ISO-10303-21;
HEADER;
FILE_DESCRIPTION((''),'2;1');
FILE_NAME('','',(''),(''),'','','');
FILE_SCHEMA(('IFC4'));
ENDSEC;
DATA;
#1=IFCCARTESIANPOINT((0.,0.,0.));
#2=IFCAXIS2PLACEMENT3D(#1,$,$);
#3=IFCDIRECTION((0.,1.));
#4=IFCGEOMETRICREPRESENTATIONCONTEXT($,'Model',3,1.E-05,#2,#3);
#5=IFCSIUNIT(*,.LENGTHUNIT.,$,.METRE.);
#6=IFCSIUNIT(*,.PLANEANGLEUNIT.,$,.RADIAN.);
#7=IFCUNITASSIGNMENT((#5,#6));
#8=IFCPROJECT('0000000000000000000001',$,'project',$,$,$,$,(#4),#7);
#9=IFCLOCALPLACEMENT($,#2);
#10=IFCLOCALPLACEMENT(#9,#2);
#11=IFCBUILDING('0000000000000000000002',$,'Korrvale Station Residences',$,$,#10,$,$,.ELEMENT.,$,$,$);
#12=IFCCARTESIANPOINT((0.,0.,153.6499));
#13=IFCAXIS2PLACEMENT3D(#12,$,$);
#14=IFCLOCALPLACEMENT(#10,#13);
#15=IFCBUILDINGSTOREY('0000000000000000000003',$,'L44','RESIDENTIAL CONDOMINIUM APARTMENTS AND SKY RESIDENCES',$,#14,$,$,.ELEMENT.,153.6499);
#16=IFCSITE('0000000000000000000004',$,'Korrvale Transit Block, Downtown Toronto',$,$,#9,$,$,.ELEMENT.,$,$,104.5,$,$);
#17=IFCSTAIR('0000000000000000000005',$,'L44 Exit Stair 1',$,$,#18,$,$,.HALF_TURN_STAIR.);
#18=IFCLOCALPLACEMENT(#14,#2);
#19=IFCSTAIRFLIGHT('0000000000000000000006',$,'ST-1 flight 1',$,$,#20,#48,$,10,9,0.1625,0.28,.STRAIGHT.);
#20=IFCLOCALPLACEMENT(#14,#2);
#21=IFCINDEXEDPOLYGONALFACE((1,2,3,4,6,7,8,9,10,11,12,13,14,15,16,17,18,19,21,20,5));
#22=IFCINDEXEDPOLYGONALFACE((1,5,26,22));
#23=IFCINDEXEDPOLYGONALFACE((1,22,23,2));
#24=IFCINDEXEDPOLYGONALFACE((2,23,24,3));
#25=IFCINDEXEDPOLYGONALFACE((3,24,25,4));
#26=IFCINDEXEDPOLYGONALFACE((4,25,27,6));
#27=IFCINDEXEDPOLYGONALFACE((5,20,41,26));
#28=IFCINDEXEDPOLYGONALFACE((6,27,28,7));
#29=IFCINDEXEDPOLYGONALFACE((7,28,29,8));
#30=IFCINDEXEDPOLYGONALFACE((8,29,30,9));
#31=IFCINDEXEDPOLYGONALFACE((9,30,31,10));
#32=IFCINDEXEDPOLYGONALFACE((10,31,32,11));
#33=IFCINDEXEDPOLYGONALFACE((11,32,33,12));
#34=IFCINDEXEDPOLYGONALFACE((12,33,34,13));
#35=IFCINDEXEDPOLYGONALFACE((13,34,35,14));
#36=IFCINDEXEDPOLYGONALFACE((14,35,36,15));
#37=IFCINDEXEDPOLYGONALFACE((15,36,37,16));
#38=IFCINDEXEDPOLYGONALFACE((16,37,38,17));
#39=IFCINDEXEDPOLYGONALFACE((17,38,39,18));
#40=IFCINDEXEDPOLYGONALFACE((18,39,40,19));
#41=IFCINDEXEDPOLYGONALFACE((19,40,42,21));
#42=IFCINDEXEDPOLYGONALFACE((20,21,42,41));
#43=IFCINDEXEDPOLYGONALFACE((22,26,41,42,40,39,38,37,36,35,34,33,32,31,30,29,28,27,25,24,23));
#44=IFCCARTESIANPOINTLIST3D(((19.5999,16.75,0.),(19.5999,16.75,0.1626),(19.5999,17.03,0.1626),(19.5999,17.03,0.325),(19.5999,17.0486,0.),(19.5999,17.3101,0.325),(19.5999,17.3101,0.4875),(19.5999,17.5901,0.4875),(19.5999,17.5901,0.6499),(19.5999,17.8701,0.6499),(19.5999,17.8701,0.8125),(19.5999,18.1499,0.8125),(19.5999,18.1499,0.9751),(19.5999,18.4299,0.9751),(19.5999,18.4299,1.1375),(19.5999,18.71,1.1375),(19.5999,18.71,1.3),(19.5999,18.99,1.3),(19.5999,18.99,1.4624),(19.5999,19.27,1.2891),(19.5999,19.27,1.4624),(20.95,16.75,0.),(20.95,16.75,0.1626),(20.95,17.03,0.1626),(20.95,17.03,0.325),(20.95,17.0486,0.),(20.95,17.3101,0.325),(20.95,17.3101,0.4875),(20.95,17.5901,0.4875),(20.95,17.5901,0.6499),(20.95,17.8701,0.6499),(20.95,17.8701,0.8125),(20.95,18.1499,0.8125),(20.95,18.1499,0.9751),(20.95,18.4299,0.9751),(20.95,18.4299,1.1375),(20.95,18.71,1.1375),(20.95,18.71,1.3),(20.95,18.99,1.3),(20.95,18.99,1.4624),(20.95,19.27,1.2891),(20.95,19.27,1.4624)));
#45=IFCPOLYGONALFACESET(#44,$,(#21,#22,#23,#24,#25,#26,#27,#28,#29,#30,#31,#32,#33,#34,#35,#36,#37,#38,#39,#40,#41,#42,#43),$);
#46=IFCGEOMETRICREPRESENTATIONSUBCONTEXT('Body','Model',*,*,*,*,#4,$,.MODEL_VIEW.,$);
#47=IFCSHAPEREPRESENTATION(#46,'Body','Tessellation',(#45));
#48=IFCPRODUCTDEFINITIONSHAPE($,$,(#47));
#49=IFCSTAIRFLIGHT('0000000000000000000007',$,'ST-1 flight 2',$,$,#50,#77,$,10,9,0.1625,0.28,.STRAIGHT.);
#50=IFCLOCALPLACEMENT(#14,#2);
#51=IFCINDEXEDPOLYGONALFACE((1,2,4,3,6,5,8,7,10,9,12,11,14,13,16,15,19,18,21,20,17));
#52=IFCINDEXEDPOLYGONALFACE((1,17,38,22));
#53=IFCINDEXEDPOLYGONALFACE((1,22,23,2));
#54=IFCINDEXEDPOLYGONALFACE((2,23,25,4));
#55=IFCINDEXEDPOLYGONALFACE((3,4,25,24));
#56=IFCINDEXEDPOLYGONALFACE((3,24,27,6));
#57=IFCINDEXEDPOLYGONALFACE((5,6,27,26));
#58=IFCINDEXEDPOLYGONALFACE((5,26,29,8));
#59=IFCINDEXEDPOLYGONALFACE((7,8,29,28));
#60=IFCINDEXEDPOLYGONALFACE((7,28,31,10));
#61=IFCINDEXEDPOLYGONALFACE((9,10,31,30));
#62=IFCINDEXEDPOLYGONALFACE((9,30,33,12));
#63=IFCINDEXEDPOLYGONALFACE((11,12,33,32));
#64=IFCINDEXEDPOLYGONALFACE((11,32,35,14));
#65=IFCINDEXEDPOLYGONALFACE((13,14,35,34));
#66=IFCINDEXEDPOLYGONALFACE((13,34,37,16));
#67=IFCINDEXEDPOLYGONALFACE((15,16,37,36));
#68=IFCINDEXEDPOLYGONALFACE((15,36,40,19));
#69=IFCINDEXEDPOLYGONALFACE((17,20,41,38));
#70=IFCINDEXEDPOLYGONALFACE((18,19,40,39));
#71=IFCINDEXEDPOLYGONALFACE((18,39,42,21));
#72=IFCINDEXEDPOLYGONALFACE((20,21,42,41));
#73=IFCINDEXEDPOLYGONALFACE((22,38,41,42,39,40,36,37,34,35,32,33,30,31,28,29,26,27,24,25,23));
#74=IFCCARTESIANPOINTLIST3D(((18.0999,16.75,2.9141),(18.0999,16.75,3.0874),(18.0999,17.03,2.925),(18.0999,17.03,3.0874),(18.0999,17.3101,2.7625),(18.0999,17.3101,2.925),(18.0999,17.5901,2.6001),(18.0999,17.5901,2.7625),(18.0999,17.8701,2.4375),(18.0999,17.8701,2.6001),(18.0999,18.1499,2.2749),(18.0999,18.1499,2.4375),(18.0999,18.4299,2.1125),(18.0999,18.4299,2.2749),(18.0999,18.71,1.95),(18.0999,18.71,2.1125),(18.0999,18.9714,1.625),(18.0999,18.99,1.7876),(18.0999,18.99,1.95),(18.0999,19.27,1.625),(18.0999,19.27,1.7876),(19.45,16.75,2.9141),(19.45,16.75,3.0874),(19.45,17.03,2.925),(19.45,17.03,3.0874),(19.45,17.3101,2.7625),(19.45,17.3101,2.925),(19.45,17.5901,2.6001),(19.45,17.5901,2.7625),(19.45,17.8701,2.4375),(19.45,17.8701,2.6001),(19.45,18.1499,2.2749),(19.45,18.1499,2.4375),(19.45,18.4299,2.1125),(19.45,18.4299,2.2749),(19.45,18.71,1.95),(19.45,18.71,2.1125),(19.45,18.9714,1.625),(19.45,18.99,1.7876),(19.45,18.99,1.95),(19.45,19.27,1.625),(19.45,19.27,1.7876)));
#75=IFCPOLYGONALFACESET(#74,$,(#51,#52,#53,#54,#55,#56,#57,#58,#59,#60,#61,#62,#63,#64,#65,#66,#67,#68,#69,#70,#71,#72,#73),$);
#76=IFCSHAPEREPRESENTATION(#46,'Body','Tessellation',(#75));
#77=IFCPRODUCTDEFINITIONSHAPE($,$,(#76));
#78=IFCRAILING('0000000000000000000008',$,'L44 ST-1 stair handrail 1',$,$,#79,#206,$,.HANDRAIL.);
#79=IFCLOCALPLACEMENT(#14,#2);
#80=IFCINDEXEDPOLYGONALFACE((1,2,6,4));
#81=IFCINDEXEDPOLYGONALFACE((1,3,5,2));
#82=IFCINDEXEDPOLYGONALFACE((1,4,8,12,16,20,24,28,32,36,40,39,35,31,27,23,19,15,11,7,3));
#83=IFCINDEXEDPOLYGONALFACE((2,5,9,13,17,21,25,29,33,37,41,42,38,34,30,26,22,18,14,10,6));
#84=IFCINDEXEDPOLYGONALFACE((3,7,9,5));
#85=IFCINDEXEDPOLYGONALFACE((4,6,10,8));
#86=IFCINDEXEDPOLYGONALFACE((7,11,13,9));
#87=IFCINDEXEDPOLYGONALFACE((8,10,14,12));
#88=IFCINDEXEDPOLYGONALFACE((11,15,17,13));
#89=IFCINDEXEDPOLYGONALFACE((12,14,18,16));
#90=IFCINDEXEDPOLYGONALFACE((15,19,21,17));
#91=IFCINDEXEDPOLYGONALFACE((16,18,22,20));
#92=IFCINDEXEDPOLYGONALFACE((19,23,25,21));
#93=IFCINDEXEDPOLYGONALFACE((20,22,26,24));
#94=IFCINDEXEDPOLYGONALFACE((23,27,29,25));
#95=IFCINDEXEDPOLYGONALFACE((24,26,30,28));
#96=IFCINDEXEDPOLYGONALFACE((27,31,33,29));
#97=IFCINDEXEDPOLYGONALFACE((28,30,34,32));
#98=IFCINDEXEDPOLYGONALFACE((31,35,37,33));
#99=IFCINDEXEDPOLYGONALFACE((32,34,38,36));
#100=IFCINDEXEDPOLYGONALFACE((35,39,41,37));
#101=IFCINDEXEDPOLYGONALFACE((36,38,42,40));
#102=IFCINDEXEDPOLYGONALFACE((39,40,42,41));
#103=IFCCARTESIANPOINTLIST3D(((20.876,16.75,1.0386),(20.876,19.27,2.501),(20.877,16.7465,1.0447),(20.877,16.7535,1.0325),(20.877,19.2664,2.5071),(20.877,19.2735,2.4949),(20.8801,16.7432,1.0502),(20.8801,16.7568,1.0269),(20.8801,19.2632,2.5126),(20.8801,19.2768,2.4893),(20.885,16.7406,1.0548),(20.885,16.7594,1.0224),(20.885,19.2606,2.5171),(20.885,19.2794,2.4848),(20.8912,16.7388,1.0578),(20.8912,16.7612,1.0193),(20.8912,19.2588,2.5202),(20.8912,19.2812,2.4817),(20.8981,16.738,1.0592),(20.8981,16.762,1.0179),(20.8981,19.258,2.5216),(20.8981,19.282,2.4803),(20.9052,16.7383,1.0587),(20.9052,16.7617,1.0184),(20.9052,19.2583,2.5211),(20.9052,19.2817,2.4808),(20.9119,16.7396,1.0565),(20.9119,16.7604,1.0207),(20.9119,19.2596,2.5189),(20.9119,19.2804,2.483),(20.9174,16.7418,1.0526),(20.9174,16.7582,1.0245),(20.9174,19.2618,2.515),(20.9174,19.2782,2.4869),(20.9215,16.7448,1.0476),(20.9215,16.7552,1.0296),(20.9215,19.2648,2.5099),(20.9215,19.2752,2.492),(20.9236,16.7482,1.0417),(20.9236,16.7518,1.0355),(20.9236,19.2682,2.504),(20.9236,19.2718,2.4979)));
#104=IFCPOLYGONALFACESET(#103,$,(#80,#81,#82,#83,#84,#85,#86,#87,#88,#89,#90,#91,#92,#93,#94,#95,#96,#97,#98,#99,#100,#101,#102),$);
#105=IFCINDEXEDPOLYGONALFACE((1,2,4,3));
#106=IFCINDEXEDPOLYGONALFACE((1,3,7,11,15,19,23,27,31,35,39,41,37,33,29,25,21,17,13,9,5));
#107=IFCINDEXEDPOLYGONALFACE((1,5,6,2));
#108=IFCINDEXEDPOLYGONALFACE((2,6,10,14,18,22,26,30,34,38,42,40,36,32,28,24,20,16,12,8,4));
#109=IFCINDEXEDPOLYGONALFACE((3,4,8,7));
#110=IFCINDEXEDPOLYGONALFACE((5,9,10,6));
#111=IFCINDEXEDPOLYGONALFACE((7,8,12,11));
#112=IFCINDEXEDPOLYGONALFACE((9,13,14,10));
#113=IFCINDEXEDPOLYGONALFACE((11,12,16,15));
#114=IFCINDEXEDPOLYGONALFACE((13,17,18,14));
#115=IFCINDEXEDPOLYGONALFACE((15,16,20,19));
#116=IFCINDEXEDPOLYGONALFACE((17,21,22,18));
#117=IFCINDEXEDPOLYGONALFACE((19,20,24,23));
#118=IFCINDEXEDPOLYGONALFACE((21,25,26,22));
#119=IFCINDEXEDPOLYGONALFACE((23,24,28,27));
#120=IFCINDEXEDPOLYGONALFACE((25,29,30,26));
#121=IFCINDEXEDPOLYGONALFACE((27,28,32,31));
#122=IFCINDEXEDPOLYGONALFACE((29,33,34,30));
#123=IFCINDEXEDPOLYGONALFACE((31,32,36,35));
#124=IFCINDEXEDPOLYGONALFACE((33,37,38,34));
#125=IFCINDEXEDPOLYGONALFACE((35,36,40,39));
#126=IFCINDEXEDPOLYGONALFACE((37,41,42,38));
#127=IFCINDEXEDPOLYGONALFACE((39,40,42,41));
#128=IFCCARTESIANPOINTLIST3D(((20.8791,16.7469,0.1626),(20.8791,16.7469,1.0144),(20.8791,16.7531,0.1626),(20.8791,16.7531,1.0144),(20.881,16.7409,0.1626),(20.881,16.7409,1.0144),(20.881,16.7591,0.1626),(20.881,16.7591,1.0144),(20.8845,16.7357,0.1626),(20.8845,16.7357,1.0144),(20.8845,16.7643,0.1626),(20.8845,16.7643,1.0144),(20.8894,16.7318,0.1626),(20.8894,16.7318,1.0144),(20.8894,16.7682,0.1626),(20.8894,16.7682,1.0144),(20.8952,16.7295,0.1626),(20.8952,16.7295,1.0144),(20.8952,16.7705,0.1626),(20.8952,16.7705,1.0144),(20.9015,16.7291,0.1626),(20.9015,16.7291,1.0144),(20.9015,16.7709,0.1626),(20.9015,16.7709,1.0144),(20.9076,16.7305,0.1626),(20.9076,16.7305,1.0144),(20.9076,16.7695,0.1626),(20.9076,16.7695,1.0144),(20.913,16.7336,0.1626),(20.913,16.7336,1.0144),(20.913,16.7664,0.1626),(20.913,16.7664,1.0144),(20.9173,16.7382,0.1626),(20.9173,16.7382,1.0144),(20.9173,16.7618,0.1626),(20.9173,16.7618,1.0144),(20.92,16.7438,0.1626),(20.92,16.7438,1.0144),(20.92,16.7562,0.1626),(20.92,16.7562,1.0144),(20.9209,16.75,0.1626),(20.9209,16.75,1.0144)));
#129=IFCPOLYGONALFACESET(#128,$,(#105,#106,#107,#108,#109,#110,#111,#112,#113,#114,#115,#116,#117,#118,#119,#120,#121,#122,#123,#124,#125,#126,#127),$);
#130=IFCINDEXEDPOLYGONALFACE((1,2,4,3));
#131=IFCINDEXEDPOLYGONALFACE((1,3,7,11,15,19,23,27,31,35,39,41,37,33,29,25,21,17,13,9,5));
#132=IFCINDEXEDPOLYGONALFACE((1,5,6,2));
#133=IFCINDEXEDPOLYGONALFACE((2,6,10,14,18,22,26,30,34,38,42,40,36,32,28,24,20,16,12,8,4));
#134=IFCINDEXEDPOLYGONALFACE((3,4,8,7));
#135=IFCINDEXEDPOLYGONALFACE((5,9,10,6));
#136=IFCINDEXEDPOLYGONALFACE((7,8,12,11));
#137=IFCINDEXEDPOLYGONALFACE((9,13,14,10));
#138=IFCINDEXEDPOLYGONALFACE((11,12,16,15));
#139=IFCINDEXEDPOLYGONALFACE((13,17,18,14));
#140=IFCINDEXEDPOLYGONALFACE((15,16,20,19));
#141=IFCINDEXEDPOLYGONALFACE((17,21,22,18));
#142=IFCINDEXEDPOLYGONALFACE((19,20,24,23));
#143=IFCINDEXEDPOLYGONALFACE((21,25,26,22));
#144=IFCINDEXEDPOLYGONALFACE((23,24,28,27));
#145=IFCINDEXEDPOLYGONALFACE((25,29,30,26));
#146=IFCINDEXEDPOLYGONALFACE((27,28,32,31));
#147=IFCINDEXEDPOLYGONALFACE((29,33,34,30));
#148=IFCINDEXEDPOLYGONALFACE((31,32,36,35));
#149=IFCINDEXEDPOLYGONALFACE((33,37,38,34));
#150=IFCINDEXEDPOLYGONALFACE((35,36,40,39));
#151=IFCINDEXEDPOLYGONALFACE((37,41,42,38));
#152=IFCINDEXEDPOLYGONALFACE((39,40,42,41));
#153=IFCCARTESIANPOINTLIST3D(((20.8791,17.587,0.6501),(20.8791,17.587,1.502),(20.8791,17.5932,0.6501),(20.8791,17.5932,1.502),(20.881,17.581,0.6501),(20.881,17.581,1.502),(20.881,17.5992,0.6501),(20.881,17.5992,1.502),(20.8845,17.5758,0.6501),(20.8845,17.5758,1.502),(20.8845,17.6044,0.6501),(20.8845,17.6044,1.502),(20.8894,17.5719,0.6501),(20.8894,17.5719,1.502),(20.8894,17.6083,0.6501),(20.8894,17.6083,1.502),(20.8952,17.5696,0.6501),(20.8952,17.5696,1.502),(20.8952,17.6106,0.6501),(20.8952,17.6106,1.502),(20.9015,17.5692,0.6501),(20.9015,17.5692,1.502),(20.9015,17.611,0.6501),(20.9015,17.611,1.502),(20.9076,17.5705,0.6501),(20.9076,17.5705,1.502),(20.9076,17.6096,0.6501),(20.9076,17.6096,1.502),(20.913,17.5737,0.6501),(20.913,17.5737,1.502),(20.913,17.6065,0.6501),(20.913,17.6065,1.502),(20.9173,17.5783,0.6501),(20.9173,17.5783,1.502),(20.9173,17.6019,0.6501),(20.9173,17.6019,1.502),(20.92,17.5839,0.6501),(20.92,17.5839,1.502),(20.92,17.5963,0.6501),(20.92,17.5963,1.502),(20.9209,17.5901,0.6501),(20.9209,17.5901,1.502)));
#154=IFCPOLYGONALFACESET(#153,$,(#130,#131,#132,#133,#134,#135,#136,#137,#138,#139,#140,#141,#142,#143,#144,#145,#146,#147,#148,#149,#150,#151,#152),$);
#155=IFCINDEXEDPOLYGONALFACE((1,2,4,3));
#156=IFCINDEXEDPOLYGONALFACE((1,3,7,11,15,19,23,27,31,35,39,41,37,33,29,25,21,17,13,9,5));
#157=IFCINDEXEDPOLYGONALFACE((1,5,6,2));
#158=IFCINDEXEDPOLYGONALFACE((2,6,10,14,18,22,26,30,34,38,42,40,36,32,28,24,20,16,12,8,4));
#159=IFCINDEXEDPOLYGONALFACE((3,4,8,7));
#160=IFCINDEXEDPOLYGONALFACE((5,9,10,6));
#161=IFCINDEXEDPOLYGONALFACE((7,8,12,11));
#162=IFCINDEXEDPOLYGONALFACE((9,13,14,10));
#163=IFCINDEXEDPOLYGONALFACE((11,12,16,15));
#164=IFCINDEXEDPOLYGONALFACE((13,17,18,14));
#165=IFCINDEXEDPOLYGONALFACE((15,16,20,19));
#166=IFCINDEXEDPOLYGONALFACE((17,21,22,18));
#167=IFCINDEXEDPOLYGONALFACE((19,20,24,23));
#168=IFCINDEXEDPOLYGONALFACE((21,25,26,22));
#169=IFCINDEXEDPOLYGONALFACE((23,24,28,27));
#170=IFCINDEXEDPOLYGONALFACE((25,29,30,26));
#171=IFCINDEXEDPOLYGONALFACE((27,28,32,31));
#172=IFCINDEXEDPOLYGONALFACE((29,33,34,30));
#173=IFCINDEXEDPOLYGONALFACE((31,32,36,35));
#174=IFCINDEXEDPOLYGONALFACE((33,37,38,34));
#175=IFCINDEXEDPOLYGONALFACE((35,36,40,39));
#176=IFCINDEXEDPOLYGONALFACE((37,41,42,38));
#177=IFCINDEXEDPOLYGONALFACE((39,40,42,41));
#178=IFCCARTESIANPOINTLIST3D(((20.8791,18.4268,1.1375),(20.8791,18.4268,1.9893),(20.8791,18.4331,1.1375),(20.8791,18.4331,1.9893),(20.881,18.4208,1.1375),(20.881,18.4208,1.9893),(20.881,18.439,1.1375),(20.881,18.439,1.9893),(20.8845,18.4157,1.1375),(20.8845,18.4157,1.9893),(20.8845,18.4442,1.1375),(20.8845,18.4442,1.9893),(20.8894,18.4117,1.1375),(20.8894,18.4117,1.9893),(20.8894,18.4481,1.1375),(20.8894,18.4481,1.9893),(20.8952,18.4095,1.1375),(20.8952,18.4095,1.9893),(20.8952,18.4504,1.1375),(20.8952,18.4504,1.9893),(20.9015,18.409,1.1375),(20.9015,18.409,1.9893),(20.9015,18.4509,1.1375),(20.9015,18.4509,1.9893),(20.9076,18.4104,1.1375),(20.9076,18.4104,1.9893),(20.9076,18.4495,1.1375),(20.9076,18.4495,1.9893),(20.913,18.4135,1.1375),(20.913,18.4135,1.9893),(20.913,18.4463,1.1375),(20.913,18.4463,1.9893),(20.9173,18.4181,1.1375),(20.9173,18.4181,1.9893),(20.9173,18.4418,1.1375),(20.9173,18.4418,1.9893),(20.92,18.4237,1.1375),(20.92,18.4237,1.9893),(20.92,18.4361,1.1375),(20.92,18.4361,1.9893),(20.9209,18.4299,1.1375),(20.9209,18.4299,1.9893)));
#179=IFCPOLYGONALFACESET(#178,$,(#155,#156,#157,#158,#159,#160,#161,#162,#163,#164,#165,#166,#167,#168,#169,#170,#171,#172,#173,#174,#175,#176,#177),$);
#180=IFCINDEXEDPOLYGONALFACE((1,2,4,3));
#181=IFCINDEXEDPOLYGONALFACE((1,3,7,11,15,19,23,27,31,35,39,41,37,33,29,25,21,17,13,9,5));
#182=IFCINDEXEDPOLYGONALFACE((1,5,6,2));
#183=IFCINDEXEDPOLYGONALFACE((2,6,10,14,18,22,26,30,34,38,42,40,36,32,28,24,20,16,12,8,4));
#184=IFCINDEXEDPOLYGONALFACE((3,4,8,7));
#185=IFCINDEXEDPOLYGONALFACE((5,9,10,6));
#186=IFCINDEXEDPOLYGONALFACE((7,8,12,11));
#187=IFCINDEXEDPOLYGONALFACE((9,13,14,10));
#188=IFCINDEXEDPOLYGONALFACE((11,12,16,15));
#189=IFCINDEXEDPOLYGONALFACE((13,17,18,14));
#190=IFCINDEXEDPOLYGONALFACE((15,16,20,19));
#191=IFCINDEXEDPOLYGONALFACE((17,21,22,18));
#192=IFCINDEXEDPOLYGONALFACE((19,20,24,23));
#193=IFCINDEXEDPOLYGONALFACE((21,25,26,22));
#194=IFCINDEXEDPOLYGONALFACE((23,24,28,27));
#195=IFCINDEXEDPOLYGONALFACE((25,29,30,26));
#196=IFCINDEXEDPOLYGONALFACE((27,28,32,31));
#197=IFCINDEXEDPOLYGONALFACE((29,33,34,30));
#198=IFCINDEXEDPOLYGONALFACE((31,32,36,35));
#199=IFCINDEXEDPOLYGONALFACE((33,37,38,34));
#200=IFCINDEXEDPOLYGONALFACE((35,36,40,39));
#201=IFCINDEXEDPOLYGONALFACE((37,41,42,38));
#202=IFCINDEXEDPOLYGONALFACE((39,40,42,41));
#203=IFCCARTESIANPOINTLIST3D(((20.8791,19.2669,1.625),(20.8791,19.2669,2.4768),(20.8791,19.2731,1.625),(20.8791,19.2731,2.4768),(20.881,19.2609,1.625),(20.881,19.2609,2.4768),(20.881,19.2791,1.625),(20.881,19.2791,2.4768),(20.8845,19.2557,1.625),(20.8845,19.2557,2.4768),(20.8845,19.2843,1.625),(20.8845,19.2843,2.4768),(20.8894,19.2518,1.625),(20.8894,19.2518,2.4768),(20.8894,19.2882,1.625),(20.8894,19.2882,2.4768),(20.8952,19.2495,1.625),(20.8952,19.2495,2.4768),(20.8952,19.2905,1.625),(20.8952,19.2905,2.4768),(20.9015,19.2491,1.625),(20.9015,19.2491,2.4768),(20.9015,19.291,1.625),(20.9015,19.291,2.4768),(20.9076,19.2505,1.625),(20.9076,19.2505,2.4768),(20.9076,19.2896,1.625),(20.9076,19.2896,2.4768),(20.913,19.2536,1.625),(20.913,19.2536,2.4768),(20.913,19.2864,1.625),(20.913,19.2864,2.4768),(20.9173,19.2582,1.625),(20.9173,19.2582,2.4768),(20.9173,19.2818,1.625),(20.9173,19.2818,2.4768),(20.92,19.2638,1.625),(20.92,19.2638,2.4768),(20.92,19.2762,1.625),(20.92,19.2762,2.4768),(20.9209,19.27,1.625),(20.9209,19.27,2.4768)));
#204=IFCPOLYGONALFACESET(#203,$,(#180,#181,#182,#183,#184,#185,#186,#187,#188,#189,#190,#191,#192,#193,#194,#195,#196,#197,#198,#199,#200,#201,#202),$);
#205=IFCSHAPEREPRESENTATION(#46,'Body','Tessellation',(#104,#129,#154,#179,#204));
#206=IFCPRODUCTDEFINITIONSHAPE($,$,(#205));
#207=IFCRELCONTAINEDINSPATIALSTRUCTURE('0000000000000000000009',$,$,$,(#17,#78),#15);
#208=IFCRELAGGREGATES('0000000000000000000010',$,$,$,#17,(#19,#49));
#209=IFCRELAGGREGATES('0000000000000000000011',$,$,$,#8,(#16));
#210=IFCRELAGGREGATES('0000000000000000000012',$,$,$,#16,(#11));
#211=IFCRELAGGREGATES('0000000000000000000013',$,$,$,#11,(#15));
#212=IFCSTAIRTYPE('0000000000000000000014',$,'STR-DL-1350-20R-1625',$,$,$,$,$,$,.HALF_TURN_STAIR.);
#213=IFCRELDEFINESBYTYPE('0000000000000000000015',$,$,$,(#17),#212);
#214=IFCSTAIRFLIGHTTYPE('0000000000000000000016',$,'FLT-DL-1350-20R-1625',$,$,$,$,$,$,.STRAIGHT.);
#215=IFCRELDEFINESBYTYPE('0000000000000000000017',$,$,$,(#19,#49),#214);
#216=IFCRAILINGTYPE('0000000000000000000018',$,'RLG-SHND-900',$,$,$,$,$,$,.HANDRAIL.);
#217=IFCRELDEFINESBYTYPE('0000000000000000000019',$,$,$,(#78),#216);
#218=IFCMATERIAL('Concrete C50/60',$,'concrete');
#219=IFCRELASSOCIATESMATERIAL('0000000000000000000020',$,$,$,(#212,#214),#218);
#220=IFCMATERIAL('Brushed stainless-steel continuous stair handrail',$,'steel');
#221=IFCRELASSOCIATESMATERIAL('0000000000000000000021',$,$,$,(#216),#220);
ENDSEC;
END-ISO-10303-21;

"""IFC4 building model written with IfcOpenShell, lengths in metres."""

from ifc_helpers import new_model, si_unit, direction, frame, origin, origin_2d, place, context, subcontext, project, spatial, polyline, circle, outline, extrude, material, type_object, element, aggregate, save


model = new_model("IFC4")

# Units and contexts
model_context = context("Model", 3, precision=1e-05, world=origin(), true_north=direction((0.0, 1.0)))
body_context = subcontext(model_context, "Body", "Model", "MODEL_VIEW")
ifc_project = project(units=[si_unit("LENGTHUNIT", "METRE"), si_unit("PLANEANGLEUNIT", "RADIAN")], contexts=[model_context])

# Site, building, storey
site_placement = place(None, origin())
site = spatial("IfcSite", under=ifc_project, at=site_placement, Name="Korrvale Transit Block, Downtown Toronto", CompositionType="ELEMENT", RefElevation=104.5)
building_placement = place(site_placement, origin())
building = spatial("IfcBuilding", under=site, at=building_placement, Name="Korrvale Station Residences", CompositionType="ELEMENT")
storey_placement = place(building_placement, frame((0.0, 0.0, 153.6499)))
storey = spatial("IfcBuildingStorey", under=building, at=storey_placement, Name="L44", Description="RESIDENTIAL CONDOMINIUM APARTMENTS AND SKY RESIDENCES", CompositionType="ELEMENT", Elevation=153.6499)

# Stair, stair flights
ifc_material_1 = material(Name="Concrete C50/60", Category="concrete")
stair_type = type_object("IfcStairType", Name="STR-DL-1350-20R-1625", PredefinedType="HALF_TURN_STAIR", material=ifc_material_1)
stair_placement = place(storey_placement, origin())
stair = element("IfcStair", 1, at=stair_placement, inside=storey, type_object=stair_type, Name="L44 Exit Stair 1", PredefinedType="HALF_TURN_STAIR")
stair_flight_type = type_object("IfcStairFlightType", Name="FLT-DL-1350-20R-1625", PredefinedType="STRAIGHT", material=ifc_material_1)
stair_flight_1_placement = place(storey_placement, frame((20.2749, 16.75, 0.0), z_axis=(0.0, 0.0, 1.0), x_axis=(0.0, 1.0, 0.0)))
stair_flight_1 = element("IfcStairFlight", 2, at=stair_flight_1_placement, type_object=stair_flight_type, Name="ST-1 flight 1", NumberOfRisers=10, NumberOfTreads=9, PredefinedType="STRAIGHT", RiserHeight=0.1625, TreadLength=0.28, context=body_context, shape_type="SweptSolid", body=[
    extrude(outline(polyline([(0.0, 0.0), (0.0, 0.1626), (0.28, 0.1626), (0.28, 0.325), (0.5601, 0.325), (0.5601, 0.4875), (0.8401, 0.4875), (0.8401, 0.6499), (1.1201, 0.6499), (1.1201, 0.8125), (1.3999, 0.8125), (1.3999, 0.9751), (1.6799, 0.9751), (1.6799, 1.1375), (1.96, 1.1375), (1.96, 1.3), (2.24, 1.3), (2.24, 1.4624), (2.52, 1.4624), (2.52, 1.625), (2.52, 1.2891), (0.2986, 0.0), (0.0, 0.0)])), frame((0.0, 0.675, 0.0), z_axis=(0.0, -1.0, 0.0), x_axis=(1.0, 0.0, 0.0)), (0.0, 0.0, 1.0), 1.3501),
])
stair_flight_2_placement = place(storey_placement, frame((18.7749, 19.27, 1.625), z_axis=(0.0, 0.0, 1.0), x_axis=(0.0, -1.0, 0.0)))
stair_flight_2 = element("IfcStairFlight", 3, at=stair_flight_2_placement, type_object=stair_flight_type, Name="ST-1 flight 2", NumberOfRisers=10, NumberOfTreads=9, PredefinedType="STRAIGHT", RiserHeight=0.1625, TreadLength=0.28, context=body_context, shape_type="SweptSolid", body=[
    extrude(outline(polyline([(0.0, 0.0), (0.0, 0.1626), (0.28, 0.1626), (0.28, 0.325), (0.5601, 0.325), (0.5601, 0.4875), (0.8401, 0.4875), (0.8401, 0.6499), (1.1201, 0.6499), (1.1201, 0.8125), (1.3999, 0.8125), (1.3999, 0.9751), (1.6799, 0.9751), (1.6799, 1.1375), (1.96, 1.1375), (1.96, 1.3), (2.24, 1.3), (2.24, 1.4624), (2.52, 1.4624), (2.52, 1.625), (2.52, 1.2891), (0.2986, 0.0), (0.0, 0.0)])), frame((0.0, 0.675, 0.0), z_axis=(0.0, -1.0, 0.0), x_axis=(1.0, 0.0, 0.0)), (0.0, 0.0, 1.0), 1.3501),
])
aggregate(stair, [stair_flight_1, stair_flight_2])

# Railing
ifc_material_2 = material(Name="Brushed stainless-steel continuous stair handrail", Category="steel")
railing_type_1 = type_object("IfcRailingType", Name="RLG-SHND-900", PredefinedType="HANDRAIL", material=ifc_material_2)
railing_1_placement = place(storey_placement, frame((20.8999, 16.75, 0.1626)))
element("IfcRailing", 4, at=railing_1_placement, inside=storey, type_object=railing_type_1, Name="L44 ST-1 stair handrail 1", PredefinedType="HANDRAIL", context=body_context, shape_type="SweptSolid", body=[
    extrude(circle(Radius=0.0239, at=origin_2d()), frame((0.0, 0.0, 0.876), z_axis=(0.0, 0.864913, 0.501921), x_axis=(-1.0, 0.0, 0.0)), (0.0, 0.0, 1.0), 2.9136),
    extrude(circle(Radius=0.021, at=origin_2d()), origin(), (0.0, 0.0, 1.0), 0.8518),
    extrude(circle(Radius=0.021, at=origin_2d()), frame((0.0, 0.8401, 0.4875)), (0.0, 0.0, 1.0), 0.8518),
    extrude(circle(Radius=0.021, at=origin_2d()), frame((0.0, 1.6799, 0.9749)), (0.0, 0.0, 1.0), 0.8518),
    extrude(circle(Radius=0.021, at=origin_2d()), frame((0.0, 2.52, 1.4624)), (0.0, 0.0, 1.0), 0.8518),
])

save(model, "model.ifc")
